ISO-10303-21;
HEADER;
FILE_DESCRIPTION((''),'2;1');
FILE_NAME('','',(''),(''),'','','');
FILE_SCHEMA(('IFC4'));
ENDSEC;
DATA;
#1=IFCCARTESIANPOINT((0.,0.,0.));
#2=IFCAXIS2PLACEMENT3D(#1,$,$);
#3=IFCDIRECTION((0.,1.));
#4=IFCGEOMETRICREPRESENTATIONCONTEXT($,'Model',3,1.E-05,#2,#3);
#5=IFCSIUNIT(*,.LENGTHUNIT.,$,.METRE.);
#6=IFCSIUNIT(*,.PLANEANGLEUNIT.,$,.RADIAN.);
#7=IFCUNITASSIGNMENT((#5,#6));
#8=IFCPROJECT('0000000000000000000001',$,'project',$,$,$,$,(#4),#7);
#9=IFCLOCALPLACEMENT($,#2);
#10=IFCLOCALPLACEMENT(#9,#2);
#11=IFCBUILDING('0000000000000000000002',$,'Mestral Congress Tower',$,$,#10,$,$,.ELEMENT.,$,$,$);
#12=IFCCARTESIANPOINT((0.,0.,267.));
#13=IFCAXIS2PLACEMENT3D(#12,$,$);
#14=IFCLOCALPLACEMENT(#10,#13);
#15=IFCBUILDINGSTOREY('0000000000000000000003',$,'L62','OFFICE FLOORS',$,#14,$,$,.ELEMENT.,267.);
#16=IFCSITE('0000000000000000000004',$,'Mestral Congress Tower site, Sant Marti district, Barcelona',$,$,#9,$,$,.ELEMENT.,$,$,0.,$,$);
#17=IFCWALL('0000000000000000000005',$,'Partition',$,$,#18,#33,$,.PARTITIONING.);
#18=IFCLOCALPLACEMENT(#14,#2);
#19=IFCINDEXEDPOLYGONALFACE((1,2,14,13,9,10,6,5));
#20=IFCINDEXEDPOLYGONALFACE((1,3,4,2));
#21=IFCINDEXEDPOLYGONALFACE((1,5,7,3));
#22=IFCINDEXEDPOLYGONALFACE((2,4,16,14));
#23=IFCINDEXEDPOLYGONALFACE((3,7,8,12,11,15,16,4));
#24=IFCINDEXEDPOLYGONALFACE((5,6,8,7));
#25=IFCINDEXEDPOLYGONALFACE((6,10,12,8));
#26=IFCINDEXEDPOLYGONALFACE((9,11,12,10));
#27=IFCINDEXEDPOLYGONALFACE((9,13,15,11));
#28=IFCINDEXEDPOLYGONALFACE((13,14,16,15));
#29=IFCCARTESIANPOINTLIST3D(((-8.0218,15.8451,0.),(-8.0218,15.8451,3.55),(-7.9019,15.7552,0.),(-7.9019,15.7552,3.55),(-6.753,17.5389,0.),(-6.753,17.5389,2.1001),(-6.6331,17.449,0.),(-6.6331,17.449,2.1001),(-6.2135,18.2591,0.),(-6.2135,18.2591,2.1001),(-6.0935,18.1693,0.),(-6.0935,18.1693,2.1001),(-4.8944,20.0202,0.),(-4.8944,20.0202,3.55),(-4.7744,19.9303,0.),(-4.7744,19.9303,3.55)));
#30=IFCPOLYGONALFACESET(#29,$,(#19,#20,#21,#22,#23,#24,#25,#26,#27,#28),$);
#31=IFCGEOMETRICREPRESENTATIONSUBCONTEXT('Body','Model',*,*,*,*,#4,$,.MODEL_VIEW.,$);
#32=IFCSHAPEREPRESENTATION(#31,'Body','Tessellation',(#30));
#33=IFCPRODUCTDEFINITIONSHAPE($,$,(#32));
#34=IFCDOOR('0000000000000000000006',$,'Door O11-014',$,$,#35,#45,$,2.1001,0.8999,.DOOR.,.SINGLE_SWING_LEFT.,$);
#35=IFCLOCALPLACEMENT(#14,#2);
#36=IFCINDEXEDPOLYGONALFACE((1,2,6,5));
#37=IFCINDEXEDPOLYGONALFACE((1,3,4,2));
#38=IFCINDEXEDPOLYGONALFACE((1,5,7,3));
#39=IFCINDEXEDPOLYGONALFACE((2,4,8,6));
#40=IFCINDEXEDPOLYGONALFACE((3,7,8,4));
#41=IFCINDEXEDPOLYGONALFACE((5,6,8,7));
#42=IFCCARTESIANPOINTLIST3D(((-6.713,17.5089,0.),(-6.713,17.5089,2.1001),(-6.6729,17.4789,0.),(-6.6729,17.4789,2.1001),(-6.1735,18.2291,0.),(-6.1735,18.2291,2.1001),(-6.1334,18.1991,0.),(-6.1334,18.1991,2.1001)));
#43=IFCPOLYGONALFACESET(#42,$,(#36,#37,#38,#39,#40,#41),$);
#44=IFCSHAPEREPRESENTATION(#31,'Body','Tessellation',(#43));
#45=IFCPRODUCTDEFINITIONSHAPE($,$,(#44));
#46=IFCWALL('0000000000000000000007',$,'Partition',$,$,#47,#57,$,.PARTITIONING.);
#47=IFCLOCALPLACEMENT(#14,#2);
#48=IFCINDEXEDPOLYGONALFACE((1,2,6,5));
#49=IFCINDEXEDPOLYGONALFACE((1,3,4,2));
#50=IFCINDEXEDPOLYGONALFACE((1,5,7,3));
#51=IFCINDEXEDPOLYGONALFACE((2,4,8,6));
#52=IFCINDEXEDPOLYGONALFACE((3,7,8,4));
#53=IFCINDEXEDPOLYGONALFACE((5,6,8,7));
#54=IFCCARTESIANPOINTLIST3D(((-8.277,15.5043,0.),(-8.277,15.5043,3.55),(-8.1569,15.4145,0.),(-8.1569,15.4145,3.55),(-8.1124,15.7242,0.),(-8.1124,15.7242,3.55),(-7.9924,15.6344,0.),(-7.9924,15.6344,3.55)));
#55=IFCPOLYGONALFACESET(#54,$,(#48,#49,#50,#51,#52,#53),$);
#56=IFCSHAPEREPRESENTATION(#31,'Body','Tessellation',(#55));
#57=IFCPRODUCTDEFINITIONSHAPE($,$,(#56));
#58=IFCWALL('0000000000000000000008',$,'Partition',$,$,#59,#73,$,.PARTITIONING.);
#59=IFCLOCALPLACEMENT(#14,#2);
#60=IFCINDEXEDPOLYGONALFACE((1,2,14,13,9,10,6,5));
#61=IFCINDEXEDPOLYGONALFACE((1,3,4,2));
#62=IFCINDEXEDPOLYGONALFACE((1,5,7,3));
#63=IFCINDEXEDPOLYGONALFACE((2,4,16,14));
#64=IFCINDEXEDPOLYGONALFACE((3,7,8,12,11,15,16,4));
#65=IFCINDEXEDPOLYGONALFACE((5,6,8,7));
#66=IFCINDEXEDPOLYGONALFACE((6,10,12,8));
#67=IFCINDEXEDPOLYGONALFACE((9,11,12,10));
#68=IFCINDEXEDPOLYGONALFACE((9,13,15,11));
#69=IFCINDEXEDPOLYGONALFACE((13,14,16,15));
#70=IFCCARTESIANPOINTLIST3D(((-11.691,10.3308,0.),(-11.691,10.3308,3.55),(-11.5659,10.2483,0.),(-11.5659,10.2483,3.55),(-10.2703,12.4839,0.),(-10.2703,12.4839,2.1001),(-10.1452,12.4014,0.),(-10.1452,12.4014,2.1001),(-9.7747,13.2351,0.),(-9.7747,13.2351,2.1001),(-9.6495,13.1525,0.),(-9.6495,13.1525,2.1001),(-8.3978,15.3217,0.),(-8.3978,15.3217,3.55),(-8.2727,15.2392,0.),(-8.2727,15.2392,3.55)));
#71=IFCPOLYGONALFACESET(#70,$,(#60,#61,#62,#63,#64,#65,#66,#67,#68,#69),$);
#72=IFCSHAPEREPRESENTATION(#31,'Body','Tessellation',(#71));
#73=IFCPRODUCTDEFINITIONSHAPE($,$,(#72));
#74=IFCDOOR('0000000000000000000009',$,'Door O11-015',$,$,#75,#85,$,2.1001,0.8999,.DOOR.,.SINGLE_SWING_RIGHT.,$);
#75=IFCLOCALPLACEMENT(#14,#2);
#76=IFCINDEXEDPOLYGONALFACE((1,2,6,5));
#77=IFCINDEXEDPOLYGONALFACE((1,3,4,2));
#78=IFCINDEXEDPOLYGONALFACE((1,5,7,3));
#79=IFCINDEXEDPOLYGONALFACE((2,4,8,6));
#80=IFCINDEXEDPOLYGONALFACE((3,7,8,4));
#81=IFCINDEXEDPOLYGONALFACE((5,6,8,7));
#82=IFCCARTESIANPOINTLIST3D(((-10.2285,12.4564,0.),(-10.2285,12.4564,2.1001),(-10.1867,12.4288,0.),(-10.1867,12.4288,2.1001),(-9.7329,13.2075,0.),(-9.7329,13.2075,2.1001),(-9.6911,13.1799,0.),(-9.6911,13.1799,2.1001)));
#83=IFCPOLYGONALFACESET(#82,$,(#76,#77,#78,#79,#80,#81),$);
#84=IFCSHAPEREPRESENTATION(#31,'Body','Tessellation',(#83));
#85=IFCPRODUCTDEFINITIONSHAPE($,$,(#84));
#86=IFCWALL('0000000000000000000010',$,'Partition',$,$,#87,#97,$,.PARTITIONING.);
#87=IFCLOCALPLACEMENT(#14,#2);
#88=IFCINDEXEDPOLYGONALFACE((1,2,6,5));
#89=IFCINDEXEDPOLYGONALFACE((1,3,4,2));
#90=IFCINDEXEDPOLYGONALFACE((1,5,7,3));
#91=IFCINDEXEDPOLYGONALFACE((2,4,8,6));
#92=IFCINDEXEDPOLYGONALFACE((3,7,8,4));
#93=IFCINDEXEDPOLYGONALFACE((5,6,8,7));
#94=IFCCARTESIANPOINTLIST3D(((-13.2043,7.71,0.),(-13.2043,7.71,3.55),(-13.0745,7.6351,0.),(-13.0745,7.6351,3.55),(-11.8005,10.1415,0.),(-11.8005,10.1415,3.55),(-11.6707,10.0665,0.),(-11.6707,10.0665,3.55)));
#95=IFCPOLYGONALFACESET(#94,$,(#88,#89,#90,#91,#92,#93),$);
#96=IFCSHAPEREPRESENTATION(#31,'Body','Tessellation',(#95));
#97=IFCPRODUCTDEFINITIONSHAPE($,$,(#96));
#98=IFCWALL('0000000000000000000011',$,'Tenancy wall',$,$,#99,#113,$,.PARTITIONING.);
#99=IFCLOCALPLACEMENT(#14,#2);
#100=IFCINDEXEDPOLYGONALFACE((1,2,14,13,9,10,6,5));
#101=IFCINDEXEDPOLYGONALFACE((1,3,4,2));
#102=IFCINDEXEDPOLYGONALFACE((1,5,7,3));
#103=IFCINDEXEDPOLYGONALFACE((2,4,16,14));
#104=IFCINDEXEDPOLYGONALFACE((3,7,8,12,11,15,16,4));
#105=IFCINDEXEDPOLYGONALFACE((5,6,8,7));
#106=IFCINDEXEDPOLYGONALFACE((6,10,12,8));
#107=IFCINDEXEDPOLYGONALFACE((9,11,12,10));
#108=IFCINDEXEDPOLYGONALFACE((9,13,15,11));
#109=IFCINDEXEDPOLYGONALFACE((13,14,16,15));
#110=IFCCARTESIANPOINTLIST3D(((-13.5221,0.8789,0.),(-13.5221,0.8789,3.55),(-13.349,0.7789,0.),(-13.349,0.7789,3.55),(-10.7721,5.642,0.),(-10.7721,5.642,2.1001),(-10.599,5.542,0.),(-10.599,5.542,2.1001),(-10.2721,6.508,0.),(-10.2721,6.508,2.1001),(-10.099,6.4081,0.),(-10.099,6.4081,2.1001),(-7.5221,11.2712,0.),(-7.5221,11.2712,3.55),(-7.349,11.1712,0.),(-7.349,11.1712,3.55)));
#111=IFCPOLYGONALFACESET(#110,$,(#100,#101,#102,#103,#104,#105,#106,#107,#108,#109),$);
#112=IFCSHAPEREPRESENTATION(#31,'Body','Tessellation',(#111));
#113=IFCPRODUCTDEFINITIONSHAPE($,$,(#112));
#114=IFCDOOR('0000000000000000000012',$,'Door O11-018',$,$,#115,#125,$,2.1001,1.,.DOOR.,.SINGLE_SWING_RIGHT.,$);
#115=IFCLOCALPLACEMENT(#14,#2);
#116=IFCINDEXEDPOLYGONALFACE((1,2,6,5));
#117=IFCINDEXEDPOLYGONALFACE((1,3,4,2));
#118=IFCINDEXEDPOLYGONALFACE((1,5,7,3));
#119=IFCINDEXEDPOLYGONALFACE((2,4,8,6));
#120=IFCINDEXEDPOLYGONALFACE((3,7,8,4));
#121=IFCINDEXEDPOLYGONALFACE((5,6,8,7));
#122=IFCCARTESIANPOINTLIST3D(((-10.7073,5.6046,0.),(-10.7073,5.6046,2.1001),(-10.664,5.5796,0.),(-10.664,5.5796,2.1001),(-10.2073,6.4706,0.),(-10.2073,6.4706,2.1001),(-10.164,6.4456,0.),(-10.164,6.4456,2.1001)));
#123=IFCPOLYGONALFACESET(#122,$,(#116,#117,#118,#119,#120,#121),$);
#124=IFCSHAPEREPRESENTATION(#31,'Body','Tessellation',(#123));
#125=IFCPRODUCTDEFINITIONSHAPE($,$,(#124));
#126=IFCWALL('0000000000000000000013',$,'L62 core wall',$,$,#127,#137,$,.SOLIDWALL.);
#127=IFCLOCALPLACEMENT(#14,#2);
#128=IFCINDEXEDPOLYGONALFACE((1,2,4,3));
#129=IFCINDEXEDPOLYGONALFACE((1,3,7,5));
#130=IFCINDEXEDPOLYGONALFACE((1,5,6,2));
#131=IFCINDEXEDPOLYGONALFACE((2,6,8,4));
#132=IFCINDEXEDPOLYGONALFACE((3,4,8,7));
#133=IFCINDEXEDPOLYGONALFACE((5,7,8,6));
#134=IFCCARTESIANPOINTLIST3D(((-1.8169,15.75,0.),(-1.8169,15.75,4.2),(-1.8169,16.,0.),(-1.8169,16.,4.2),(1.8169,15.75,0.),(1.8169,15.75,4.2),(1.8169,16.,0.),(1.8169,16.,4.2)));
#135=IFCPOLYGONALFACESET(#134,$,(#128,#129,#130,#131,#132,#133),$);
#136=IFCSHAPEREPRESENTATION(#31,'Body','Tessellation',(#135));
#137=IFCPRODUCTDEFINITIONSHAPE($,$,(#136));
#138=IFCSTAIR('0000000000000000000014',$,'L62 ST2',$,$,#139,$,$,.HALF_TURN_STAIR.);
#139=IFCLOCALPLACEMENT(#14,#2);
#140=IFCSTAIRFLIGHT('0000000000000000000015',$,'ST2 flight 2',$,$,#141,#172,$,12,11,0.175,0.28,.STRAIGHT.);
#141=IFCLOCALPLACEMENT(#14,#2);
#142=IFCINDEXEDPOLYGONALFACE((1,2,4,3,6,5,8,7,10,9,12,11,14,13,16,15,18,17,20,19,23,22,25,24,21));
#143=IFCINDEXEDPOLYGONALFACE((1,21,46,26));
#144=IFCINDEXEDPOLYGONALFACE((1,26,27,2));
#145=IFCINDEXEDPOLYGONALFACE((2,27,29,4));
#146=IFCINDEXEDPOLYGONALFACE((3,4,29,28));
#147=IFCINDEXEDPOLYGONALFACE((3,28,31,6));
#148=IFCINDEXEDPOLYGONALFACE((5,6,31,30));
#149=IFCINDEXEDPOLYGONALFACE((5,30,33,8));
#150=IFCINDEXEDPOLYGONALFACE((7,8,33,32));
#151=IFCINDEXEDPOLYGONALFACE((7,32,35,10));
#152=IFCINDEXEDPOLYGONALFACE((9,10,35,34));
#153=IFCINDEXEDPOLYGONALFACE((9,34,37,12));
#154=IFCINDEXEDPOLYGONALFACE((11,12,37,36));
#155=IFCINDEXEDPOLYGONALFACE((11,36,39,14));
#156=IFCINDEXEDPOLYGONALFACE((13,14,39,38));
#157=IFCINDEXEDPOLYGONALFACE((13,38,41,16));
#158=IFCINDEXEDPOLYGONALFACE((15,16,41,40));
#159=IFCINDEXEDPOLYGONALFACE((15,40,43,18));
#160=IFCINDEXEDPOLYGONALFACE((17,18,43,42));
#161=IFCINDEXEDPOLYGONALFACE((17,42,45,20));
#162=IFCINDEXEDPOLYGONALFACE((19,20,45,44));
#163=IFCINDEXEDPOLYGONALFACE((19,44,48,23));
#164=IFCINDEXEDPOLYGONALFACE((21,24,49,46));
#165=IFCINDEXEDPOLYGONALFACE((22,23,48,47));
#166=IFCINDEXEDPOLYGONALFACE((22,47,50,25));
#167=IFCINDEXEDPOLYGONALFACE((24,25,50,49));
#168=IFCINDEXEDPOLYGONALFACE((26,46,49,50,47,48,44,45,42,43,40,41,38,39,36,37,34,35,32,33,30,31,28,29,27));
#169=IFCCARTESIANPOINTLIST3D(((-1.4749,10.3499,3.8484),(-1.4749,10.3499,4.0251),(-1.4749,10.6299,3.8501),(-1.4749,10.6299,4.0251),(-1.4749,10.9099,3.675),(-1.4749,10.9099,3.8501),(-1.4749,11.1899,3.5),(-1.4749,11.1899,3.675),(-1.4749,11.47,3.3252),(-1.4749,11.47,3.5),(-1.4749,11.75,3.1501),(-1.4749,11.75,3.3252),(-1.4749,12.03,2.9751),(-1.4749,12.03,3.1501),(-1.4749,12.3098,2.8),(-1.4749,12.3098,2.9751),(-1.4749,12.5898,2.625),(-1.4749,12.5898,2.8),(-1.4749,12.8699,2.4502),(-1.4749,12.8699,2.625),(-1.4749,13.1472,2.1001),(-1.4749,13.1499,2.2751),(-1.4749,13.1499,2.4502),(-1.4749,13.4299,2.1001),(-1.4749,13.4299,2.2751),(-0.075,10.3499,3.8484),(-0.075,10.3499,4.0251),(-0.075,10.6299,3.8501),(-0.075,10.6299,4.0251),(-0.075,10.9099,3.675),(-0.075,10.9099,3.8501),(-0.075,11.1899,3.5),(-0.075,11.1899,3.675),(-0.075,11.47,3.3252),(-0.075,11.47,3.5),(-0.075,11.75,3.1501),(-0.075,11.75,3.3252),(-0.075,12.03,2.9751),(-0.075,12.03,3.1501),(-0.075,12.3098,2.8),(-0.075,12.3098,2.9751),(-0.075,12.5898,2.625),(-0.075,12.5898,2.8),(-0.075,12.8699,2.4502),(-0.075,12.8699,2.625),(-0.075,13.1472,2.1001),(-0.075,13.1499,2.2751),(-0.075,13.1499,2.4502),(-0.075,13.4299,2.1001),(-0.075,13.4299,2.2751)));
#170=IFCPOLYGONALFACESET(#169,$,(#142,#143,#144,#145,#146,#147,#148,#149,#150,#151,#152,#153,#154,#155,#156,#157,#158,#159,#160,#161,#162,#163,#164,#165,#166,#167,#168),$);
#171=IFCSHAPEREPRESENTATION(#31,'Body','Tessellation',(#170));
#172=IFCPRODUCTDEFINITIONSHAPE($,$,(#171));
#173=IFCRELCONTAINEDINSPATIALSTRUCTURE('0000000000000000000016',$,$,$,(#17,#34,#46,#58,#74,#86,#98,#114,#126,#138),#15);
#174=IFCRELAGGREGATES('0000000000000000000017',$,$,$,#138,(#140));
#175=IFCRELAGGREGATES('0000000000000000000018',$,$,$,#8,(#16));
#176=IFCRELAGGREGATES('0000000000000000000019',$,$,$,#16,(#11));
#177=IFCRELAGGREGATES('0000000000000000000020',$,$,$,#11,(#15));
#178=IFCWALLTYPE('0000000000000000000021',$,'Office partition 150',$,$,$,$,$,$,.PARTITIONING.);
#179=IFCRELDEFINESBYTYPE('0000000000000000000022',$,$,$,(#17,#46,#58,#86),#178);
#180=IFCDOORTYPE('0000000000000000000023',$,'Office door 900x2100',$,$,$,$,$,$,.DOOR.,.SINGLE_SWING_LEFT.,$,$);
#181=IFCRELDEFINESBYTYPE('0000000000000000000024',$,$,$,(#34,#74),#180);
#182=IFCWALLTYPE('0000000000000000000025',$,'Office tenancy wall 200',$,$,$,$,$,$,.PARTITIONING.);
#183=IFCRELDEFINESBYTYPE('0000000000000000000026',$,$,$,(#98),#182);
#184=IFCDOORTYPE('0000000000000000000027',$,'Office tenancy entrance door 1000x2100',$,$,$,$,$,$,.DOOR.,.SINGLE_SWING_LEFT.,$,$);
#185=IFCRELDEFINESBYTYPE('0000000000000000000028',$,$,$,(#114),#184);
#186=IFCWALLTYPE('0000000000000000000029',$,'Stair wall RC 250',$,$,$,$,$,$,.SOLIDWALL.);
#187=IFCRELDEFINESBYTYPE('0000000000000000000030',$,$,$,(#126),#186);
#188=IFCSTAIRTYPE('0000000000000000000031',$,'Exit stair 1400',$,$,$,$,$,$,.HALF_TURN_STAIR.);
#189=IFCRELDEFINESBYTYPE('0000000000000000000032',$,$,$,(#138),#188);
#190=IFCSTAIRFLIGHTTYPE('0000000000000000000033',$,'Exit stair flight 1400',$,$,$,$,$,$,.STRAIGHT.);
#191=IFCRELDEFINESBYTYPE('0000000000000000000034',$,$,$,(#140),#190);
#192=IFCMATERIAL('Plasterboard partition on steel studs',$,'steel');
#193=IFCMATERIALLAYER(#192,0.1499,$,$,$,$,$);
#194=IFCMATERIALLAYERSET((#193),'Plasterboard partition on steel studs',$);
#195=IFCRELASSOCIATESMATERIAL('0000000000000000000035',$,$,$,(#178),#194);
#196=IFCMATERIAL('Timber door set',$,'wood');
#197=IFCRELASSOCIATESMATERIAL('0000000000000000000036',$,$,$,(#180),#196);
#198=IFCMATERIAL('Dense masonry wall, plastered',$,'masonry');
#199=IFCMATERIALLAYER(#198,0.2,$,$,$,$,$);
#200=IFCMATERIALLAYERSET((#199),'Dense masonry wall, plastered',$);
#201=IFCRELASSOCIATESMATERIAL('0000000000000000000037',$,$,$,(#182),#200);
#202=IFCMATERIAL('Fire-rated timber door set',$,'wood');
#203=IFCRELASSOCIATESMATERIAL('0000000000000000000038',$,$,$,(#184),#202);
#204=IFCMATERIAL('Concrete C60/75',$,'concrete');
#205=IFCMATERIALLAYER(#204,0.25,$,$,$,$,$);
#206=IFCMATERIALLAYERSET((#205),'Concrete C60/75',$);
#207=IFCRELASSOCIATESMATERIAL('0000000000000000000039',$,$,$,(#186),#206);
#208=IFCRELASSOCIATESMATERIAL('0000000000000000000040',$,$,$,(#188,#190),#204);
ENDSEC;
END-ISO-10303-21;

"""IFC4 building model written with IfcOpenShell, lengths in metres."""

from ifc_helpers import new_model, si_unit, direction, frame, frame_2d, origin, place, context, subcontext, project, spatial, polyline, rectangle, outline, extrude, material, layer, layer_set, type_object, element, fill, aggregate, save


model = new_model("IFC4")

# Units and contexts
model_context = context("Model", 3, precision=1e-05, world=origin(), true_north=direction((0.0, 1.0)))
body_context = subcontext(model_context, "Body", "Model", "MODEL_VIEW")
ifc_project = project(units=[si_unit("LENGTHUNIT", "METRE"), si_unit("PLANEANGLEUNIT", "RADIAN")], contexts=[model_context])

# Site, building, storey
site_placement = place(None, origin())
site = spatial("IfcSite", under=ifc_project, at=site_placement, Name="Mestral Congress Tower site, Sant Marti district, Barcelona", CompositionType="ELEMENT", RefElevation=0.0)
building_placement = place(site_placement, origin())
building = spatial("IfcBuilding", under=site, at=building_placement, Name="Mestral Congress Tower", CompositionType="ELEMENT")
storey_placement = place(building_placement, frame((0.0, 0.0, 267.0)))
storey = spatial("IfcBuildingStorey", under=building, at=storey_placement, Name="L62", Description="OFFICE FLOORS", CompositionType="ELEMENT", Elevation=267.0)

# Shared definitions
ifc_material_1 = material(Name="Concrete C60/75", Category="concrete")

# Shared definitions
ifc_material_2 = material(Name="Plasterboard partition on steel studs", Category="steel")
ifc_layer_1 = layer(ifc_material_2, 0.1499)
ifc_layer_set_1 = layer_set([ifc_layer_1], Name="Plasterboard partition on steel studs")
wall_type_1 = type_object("IfcWallType", Name="Office partition 150", PredefinedType="PARTITIONING", material=ifc_layer_set_1)

# Wall, opening, door
wall_1_placement = place(storey_placement, frame((-7.9619, 15.8, 0.0), z_axis=(0.0, 0.0, 1.0), x_axis=(0.599528, 0.800354, 0.0)))
wall_1 = element("IfcWall", 1, at=wall_1_placement, inside=storey, type_object=wall_type_1, Name="Partition", PredefinedType="PARTITIONING", context=body_context, shape_type="SweptSolid", body=[
    extrude(rectangle(XDim=5.2166, YDim=0.1499, at=frame_2d((2.6084, 0.0))), origin(), (0.0, 0.0, 1.0), 3.55),
])
opening_1_placement = place(wall_1_placement, frame((2.1165, 0.0, 0.0)))
opening_1 = element("IfcOpeningElement", 2, at=opening_1_placement, cuts=wall_1, PredefinedType="OPENING", context=body_context, shape_type="SweptSolid", body=[
    extrude(rectangle(XDim=0.8999, YDim=2.1001, at=frame_2d((0.45, 1.05))), frame((0.0, 0.085, 0.0), z_axis=(0.0, -1.0, 0.0), x_axis=(1.0, 0.0, 0.0)), (0.0, 0.0, 1.0), 0.1699),
])
ifc_material_3 = material(Name="Timber door set", Category="wood")
door_type_1 = type_object("IfcDoorType", Name="Office door 900x2100", OperationType="SINGLE_SWING_LEFT", PredefinedType="DOOR", material=ifc_material_3)
door_1_placement = place(opening_1_placement, origin())
door_1 = element("IfcDoor", 3, at=door_1_placement, inside=storey, type_object=door_type_1, Name="Door O11-014", OperationType="SINGLE_SWING_LEFT", OverallHeight=2.1001, OverallWidth=0.8999, PredefinedType="DOOR", context=body_context, shape_type="SweptSolid", body=[
    extrude(rectangle(XDim=0.8999, YDim=2.1001, at=frame_2d((0.45, 1.05))), frame((0.0, 0.0249, 0.0), z_axis=(0.0, -1.0, 0.0), x_axis=(1.0, 0.0, 0.0)), (0.0, 0.0, 1.0), 0.05),
])
fill(opening_1, door_1)

# Wall
wall_2_placement = place(storey_placement, frame((-8.0525, 15.6792, 0.0), z_axis=(0.0, 0.0, 1.0), x_axis=(-0.599004, -0.800746, 0.0)))
element("IfcWall", 4, at=wall_2_placement, inside=storey, type_object=wall_type_1, Name="Partition", PredefinedType="PARTITIONING", context=body_context, shape_type="SweptSolid", body=[
    extrude(rectangle(XDim=0.2747, YDim=0.1499, at=frame_2d((0.1372, 0.0))), origin(), (0.0, 0.0, 1.0), 3.55),
])

# Wall, opening, door
wall_3_placement = place(storey_placement, frame((-11.6284, 10.2896, 0.0), z_axis=(0.0, 0.0, 1.0), x_axis=(0.550746, 0.834673, 0.0)))
wall_3 = element("IfcWall", 5, at=wall_3_placement, inside=storey, type_object=wall_type_1, Name="Partition", PredefinedType="PARTITIONING", context=body_context, shape_type="SweptSolid", body=[
    extrude(rectangle(XDim=5.9795, YDim=0.1499, at=frame_2d((2.9897, 0.0))), origin(), (0.0, 0.0, 1.0), 3.55),
])
opening_2_placement = place(wall_3_placement, frame((2.5796, 0.0, 0.0)))
opening_2 = element("IfcOpeningElement", 6, at=opening_2_placement, cuts=wall_3, PredefinedType="OPENING", context=body_context, shape_type="SweptSolid", body=[
    extrude(rectangle(XDim=0.8999, YDim=2.1001, at=frame_2d((0.45, 1.05))), frame((0.0, 0.085, 0.0), z_axis=(0.0, -1.0, 0.0), x_axis=(1.0, 0.0, 0.0)), (0.0, 0.0, 1.0), 0.1699),
])
door_2_placement = place(opening_2_placement, origin())
door_2 = element("IfcDoor", 7, at=door_2_placement, inside=storey, type_object=door_type_1, Name="Door O11-015", OperationType="SINGLE_SWING_RIGHT", OverallHeight=2.1001, OverallWidth=0.8999, PredefinedType="DOOR", context=body_context, shape_type="SweptSolid", body=[
    extrude(rectangle(XDim=0.8999, YDim=2.1001, at=frame_2d((0.45, 1.05))), frame((0.0, 0.0249, 0.0), z_axis=(0.0, -1.0, 0.0), x_axis=(1.0, 0.0, 0.0)), (0.0, 0.0, 1.0), 0.05),
])
fill(opening_2, door_2)

# Wall
wall_4_placement = place(storey_placement, frame((-11.7356, 10.104, 0.0), z_axis=(0.0, 0.0, 1.0), x_axis=(-0.500011, -0.866019, 0.0)))
element("IfcWall", 8, at=wall_4_placement, inside=storey, type_object=wall_type_1, Name="Partition", PredefinedType="PARTITIONING", context=body_context, shape_type="SweptSolid", body=[
    extrude(rectangle(XDim=2.8076, YDim=0.1499, at=frame_2d((1.4038, 0.0))), origin(), (0.0, 0.0, 1.0), 3.55),
])

# Wall, opening, door
ifc_material_4 = material(Name="Dense masonry wall, plastered", Category="masonry")
ifc_layer_2 = layer(ifc_material_4, 0.2)
ifc_layer_set_2 = layer_set([ifc_layer_2], Name="Dense masonry wall, plastered")
wall_type_2 = type_object("IfcWallType", Name="Office tenancy wall 200", PredefinedType="PARTITIONING", material=ifc_layer_set_2)
wall_5_placement = place(storey_placement, frame((-7.4355, 11.2212, 0.0), z_axis=(0.0, 0.0, 1.0), x_axis=(-0.499999, -0.866026, 0.0)))
wall_5 = element("IfcWall", 9, at=wall_5_placement, inside=storey, type_object=wall_type_2, Name="Tenancy wall", PredefinedType="PARTITIONING", context=body_context, shape_type="SweptSolid", body=[
    extrude(rectangle(XDim=12.0, YDim=0.2, at=frame_2d((6.0, 0.0))), origin(), (0.0, 0.0, 1.0), 3.55),
])
opening_3_placement = place(wall_5_placement, frame((5.5, 0.0, 0.0)))
opening_3 = element("IfcOpeningElement", 10, at=opening_3_placement, cuts=wall_5, PredefinedType="OPENING", context=body_context, shape_type="SweptSolid", body=[
    extrude(rectangle(XDim=1.0, YDim=2.1001, at=frame_2d((0.5, 1.05))), frame((0.0, 0.1099, 0.0), z_axis=(0.0, -1.0, 0.0), x_axis=(1.0, 0.0, 0.0)), (0.0, 0.0, 1.0), 0.22),
])
ifc_material_5 = material(Name="Fire-rated timber door set", Category="wood")
door_type_2 = type_object("IfcDoorType", Name="Office tenancy entrance door 1000x2100", OperationType="SINGLE_SWING_LEFT", PredefinedType="DOOR", material=ifc_material_5)
door_3_placement = place(opening_3_placement, origin())
door_3 = element("IfcDoor", 11, at=door_3_placement, inside=storey, type_object=door_type_2, Name="Door O11-018", OperationType="SINGLE_SWING_RIGHT", OverallHeight=2.1001, OverallWidth=1.0, PredefinedType="DOOR", context=body_context, shape_type="SweptSolid", body=[
    extrude(rectangle(XDim=1.0, YDim=2.1001, at=frame_2d((0.5, 1.05))), frame((0.0, 0.0249, 0.0), z_axis=(0.0, -1.0, 0.0), x_axis=(1.0, 0.0, 0.0)), (0.0, 0.0, 1.0), 0.05),
])
fill(opening_3, door_3)

# Wall
ifc_layer_3 = layer(ifc_material_1, 0.25)
ifc_layer_set_3 = layer_set([ifc_layer_3], Name="Concrete C60/75")
wall_type_3 = type_object("IfcWallType", Name="Stair wall RC 250", PredefinedType="SOLIDWALL", material=ifc_layer_set_3)
wall_6_placement = place(storey_placement, frame((-1.8169, 15.875, 0.0), z_axis=(0.0, 0.0, 1.0), x_axis=(1.0, 0.0, 0.0)))
element("IfcWall", 12, at=wall_6_placement, inside=storey, type_object=wall_type_3, Name="L62 core wall", PredefinedType="SOLIDWALL", context=body_context, shape_type="SweptSolid", body=[
    extrude(rectangle(XDim=3.6338, YDim=0.25, at=frame_2d((1.8169, 0.0))), origin(), (0.0, 0.0, 1.0), 4.2),
])

# Stair, stair flight
stair_type = type_object("IfcStairType", Name="Exit stair 1400", PredefinedType="HALF_TURN_STAIR", material=ifc_material_1)
stair_placement = place(storey_placement, origin())
stair = element("IfcStair", 13, at=stair_placement, inside=storey, type_object=stair_type, Name="L62 ST2", PredefinedType="HALF_TURN_STAIR")
stair_flight_type = type_object("IfcStairFlightType", Name="Exit stair flight 1400", PredefinedType="STRAIGHT", material=ifc_material_1)
stair_flight_placement = place(storey_placement, frame((-0.7749, 13.4299, 2.1001), z_axis=(0.0, 0.0, 1.0), x_axis=(0.0, -1.0, 0.0)))
stair_flight = element("IfcStairFlight", 14, at=stair_flight_placement, type_object=stair_flight_type, Name="ST2 flight 2", NumberOfRisers=12, NumberOfTreads=11, PredefinedType="STRAIGHT", RiserHeight=0.175, TreadLength=0.28, context=body_context, shape_type="SweptSolid", body=[
    extrude(outline(polyline([(0.0, 0.0), (0.0, 0.175), (0.28, 0.175), (0.28, 0.3501), (0.5601, 0.3501), (0.5601, 0.5249), (0.8401, 0.5249), (0.8401, 0.7), (1.1201, 0.7), (1.1201, 0.875), (1.3999, 0.875), (1.3999, 1.05), (1.6799, 1.05), (1.6799, 1.2251), (1.96, 1.2251), (1.96, 1.3999), (2.24, 1.3999), (2.24, 1.575), (2.52, 1.575), (2.52, 1.75), (2.8, 1.75), (2.8, 1.925), (3.0801, 1.925), (3.0801, 2.1001), (3.0801, 1.7483), (0.2827, 0.0), (0.0, 0.0)])), frame((0.0, 0.7, 0.0), z_axis=(0.0, -1.0, 0.0), x_axis=(1.0, 0.0, 0.0)), (0.0, 0.0, 1.0), 1.3999),
])
aggregate(stair, [stair_flight])

save(model, "model.ifc")
